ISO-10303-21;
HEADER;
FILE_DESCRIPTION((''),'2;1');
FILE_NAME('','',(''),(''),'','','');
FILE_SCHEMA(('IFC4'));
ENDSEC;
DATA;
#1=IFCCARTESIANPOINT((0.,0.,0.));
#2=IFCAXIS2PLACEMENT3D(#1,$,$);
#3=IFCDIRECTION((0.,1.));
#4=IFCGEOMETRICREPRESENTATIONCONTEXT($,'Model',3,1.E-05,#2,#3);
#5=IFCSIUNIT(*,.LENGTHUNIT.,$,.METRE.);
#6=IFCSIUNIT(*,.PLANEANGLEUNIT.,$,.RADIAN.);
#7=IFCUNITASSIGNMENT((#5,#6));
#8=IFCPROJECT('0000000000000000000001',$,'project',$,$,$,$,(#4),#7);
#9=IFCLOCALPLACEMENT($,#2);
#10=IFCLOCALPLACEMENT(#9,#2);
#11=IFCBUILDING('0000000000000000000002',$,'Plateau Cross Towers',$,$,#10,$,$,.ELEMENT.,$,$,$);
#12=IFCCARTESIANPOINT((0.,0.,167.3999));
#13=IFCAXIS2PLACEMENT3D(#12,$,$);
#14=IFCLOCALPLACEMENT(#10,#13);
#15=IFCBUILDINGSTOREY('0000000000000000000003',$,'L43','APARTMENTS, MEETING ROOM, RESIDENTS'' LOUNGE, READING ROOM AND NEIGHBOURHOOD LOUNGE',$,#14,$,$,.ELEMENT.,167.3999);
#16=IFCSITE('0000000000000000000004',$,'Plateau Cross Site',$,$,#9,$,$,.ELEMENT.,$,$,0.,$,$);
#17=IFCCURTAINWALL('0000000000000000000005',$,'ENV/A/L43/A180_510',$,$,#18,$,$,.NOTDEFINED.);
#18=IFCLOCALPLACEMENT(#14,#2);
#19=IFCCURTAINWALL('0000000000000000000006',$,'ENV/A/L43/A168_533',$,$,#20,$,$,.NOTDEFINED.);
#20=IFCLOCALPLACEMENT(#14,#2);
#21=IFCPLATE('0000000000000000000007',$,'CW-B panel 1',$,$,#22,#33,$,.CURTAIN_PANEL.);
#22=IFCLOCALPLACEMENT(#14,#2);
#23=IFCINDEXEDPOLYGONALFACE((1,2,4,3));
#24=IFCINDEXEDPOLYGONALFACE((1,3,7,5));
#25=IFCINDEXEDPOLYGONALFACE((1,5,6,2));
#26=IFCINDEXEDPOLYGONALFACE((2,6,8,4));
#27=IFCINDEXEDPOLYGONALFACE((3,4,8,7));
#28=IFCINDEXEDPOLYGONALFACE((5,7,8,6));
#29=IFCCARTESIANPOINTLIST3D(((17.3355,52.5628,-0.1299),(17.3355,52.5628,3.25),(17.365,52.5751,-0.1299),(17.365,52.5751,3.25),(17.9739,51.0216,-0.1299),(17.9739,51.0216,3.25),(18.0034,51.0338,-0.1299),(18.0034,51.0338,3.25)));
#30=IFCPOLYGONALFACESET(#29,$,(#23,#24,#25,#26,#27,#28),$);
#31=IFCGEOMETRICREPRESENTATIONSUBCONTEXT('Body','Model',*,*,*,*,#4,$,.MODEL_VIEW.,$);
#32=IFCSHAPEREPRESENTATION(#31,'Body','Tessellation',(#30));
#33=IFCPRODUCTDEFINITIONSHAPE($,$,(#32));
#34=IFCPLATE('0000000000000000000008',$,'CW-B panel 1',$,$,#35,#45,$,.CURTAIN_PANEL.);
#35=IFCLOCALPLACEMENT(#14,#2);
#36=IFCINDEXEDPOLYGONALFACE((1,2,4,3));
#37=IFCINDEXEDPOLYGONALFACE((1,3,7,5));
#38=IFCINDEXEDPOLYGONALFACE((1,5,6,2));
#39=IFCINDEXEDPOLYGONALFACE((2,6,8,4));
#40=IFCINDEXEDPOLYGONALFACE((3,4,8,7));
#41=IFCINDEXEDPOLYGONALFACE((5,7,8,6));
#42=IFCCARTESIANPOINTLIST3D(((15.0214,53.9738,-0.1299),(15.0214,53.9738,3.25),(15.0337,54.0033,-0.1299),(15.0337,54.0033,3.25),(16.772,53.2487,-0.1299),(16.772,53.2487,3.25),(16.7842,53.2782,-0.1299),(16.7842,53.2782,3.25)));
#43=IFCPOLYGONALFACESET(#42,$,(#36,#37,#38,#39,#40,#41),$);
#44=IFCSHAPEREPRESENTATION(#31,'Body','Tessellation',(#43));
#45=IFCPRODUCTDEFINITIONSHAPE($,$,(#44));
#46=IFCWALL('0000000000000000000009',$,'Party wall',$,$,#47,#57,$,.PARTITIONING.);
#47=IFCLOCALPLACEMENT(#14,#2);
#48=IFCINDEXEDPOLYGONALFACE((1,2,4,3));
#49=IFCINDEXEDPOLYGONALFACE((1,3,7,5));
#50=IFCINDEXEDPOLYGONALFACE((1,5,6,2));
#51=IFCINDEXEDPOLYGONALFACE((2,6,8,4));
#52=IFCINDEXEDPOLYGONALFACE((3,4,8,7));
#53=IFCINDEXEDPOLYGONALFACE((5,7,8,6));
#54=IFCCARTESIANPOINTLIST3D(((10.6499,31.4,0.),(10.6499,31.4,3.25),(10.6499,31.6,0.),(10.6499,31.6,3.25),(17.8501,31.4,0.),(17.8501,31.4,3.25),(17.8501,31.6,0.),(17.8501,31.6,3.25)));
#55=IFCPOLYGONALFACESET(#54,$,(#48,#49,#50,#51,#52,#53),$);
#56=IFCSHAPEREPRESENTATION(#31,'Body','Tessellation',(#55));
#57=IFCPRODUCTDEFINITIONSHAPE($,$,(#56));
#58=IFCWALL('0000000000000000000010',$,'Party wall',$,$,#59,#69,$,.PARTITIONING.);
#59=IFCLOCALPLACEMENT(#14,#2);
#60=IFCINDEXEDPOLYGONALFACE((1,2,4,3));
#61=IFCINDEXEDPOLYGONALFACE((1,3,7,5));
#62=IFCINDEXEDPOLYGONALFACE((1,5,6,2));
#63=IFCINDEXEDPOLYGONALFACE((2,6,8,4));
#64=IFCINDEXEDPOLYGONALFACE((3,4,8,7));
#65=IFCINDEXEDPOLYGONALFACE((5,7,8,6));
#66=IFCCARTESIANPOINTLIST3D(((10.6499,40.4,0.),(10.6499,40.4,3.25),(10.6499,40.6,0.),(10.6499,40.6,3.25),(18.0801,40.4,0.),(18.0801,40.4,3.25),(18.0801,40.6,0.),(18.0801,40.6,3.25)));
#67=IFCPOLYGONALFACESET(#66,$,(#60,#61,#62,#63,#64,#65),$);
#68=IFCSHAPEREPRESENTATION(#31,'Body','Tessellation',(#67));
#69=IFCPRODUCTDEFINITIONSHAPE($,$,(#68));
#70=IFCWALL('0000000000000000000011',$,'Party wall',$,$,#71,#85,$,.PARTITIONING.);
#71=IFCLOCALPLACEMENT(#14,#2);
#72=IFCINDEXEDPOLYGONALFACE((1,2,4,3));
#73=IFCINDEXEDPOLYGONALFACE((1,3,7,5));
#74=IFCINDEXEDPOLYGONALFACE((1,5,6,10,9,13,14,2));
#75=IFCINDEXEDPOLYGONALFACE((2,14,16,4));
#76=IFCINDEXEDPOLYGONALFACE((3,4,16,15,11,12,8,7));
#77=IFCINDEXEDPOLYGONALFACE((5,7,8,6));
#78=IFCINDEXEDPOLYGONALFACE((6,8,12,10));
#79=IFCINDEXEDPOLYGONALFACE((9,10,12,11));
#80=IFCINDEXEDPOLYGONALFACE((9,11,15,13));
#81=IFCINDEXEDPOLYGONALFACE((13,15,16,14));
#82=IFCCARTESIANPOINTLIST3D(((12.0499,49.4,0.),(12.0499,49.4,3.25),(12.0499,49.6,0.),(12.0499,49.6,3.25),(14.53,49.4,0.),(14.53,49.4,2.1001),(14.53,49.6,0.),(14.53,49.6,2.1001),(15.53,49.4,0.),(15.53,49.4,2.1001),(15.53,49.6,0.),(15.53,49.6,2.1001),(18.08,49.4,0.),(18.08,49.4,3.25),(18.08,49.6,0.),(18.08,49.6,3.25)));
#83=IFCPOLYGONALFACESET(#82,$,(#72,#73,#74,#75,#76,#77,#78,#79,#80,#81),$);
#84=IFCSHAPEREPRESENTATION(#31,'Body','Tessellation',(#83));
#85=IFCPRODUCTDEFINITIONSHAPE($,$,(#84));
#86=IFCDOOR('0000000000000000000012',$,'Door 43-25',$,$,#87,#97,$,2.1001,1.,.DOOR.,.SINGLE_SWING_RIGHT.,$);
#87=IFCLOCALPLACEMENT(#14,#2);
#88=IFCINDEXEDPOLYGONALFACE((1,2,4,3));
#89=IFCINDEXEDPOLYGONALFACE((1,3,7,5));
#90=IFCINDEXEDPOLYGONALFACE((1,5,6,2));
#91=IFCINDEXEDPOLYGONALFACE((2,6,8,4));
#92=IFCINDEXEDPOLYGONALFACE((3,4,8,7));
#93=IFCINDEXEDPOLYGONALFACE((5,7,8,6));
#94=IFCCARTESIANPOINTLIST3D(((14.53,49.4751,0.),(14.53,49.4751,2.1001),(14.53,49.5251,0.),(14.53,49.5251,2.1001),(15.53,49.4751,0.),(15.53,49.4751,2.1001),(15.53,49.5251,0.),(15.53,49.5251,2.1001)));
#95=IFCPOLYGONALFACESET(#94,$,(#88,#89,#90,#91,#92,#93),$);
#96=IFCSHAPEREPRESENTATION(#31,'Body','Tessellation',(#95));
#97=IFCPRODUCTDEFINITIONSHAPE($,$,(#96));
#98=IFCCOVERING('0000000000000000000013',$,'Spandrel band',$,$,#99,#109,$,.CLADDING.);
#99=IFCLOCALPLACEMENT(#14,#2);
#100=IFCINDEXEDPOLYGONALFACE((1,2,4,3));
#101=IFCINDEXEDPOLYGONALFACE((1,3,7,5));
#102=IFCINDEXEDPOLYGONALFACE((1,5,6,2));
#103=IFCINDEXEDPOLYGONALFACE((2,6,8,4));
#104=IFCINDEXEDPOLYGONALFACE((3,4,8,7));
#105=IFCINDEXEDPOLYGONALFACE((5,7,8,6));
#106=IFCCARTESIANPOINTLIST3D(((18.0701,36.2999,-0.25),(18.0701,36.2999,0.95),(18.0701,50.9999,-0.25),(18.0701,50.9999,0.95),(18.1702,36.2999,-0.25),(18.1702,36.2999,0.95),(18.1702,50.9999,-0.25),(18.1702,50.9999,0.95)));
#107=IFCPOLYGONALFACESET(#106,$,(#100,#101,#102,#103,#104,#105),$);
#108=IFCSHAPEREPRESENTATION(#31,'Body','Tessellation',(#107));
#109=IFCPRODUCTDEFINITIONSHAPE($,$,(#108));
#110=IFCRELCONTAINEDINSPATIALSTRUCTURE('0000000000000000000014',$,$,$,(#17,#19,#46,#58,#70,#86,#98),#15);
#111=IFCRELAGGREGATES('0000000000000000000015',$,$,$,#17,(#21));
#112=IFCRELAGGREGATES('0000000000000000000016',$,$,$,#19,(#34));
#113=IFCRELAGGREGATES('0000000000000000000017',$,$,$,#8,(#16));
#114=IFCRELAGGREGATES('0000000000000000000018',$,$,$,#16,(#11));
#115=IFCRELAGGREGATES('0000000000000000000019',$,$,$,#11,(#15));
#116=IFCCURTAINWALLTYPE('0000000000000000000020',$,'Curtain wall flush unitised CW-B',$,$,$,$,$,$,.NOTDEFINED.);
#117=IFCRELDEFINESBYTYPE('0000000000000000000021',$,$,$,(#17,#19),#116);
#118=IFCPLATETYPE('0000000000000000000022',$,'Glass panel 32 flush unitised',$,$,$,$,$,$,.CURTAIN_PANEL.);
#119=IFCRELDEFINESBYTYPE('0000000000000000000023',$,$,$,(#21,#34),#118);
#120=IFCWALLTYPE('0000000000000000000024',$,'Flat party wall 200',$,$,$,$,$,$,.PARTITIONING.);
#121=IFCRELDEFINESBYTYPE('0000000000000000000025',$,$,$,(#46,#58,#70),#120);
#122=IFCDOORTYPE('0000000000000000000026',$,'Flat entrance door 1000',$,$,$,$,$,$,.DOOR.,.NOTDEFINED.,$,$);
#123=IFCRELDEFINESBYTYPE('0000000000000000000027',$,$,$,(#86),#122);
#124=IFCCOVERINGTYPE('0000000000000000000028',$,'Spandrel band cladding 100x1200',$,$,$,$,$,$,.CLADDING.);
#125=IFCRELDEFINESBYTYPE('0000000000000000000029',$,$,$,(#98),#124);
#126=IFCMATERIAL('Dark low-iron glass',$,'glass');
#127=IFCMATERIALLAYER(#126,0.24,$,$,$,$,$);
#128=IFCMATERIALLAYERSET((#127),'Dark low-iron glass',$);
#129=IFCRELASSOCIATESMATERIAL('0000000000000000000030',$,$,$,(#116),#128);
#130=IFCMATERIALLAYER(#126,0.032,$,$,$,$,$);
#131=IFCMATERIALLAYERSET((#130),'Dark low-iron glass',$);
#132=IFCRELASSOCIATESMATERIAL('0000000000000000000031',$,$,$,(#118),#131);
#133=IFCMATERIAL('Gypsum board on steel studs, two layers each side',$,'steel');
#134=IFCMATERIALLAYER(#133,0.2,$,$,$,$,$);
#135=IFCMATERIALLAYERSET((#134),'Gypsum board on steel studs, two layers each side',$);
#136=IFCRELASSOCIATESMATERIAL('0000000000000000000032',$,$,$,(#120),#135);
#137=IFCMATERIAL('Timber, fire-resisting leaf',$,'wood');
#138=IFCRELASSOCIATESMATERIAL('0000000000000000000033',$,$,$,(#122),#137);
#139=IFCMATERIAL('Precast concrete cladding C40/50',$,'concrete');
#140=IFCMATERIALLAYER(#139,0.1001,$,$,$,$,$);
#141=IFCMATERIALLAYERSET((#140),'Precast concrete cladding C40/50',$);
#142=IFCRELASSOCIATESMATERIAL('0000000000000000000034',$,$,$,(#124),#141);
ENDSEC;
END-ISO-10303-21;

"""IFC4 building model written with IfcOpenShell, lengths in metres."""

from ifc_helpers import new_model, si_unit, direction, frame, frame_2d, origin, origin_2d, place, context, subcontext, project, spatial, rectangle, extrude, material, layer, layer_set, type_object, element, fill, aggregate, save


model = new_model("IFC4")

# Units and contexts
model_context = context("Model", 3, precision=1e-05, world=origin(), true_north=direction((0.0, 1.0)))
body_context = subcontext(model_context, "Body", "Model", "MODEL_VIEW")
ifc_project = project(units=[si_unit("LENGTHUNIT", "METRE"), si_unit("PLANEANGLEUNIT", "RADIAN")], contexts=[model_context])

# Site, building, storey
site_placement = place(None, origin())
site = spatial("IfcSite", under=ifc_project, at=site_placement, Name="Plateau Cross Site", CompositionType="ELEMENT", RefElevation=0.0)
building_placement = place(site_placement, origin())
building = spatial("IfcBuilding", under=site, at=building_placement, Name="Plateau Cross Towers", CompositionType="ELEMENT")
storey_placement = place(building_placement, frame((0.0, 0.0, 167.3999)))
storey = spatial("IfcBuildingStorey", under=building, at=storey_placement, Name="L43", Description="APARTMENTS, MEETING ROOM, RESIDENTS' LOUNGE, READING ROOM AND NEIGHBOURHOOD LOUNGE", CompositionType="ELEMENT", Elevation=167.3999)

# Curtain wall
ifc_material_1 = material(Name="Dark low-iron glass", Category="glass")
ifc_layer_1 = layer(ifc_material_1, 0.24)
ifc_layer_set_1 = layer_set([ifc_layer_1], Name="Dark low-iron glass")
curtain_wall_type = type_object("IfcCurtainWallType", Name="Curtain wall flush unitised CW-B", PredefinedType="NOTDEFINED", material=ifc_layer_set_1)
curtain_wall_1_placement = place(storey_placement, origin())
curtain_wall_1 = element("IfcCurtainWall", 1, at=curtain_wall_1_placement, inside=storey, type_object=curtain_wall_type, Name="ENV/A/L43/A180_510", PredefinedType="NOTDEFINED")

# Curtain wall
curtain_wall_2_placement = place(storey_placement, origin())
curtain_wall_2 = element("IfcCurtainWall", 2, at=curtain_wall_2_placement, inside=storey, type_object=curtain_wall_type, Name="ENV/A/L43/A168_533", PredefinedType="NOTDEFINED")

# Plates
ifc_layer_2 = layer(ifc_material_1, 0.032)
ifc_layer_set_2 = layer_set([ifc_layer_2], Name="Dark low-iron glass")
plate_type = type_object("IfcPlateType", Name="Glass panel 32 flush unitised", PredefinedType="CURTAIN_PANEL", material=ifc_layer_set_2)
plate_1_placement = place(storey_placement, frame((17.6694, 51.7983, -0.1299), z_axis=(0.0, 0.0, 1.0), x_axis=(-0.382684, 0.923879, 0.0)))
plate_1 = element("IfcPlate", 3, at=plate_1_placement, type_object=plate_type, Name="CW-B panel 1", PredefinedType="CURTAIN_PANEL", context=body_context, shape_type="SweptSolid", body=[
    extrude(rectangle(XDim=1.6682, YDim=0.032, at=origin_2d()), origin(), (0.0, 0.0, 1.0), 3.3799),
])
aggregate(curtain_wall_1, [plate_1])
plate_2_placement = place(storey_placement, frame((15.9028, 53.626, -0.1299), z_axis=(0.0, 0.0, 1.0), x_axis=(-0.923879, 0.382684, 0.0)))
plate_2 = element("IfcPlate", 4, at=plate_2_placement, type_object=plate_type, Name="CW-B panel 1", PredefinedType="CURTAIN_PANEL", context=body_context, shape_type="SweptSolid", body=[
    extrude(rectangle(XDim=1.8948, YDim=0.032, at=origin_2d()), origin(), (0.0, 0.0, 1.0), 3.3799),
])
aggregate(curtain_wall_2, [plate_2])

# Walls
ifc_material_2 = material(Name="Gypsum board on steel studs, two layers each side", Category="steel")
ifc_layer_3 = layer(ifc_material_2, 0.2)
ifc_layer_set_3 = layer_set([ifc_layer_3], Name="Gypsum board on steel studs, two layers each side")
wall_type_1 = type_object("IfcWallType", Name="Flat party wall 200", PredefinedType="PARTITIONING", material=ifc_layer_set_3)
wall_1_placement = place(storey_placement, frame((17.8501, 31.5, 0.0), z_axis=(0.0, 0.0, 1.0), x_axis=(-1.0, 0.0, 0.0)))
element("IfcWall", 5, at=wall_1_placement, inside=storey, type_object=wall_type_1, Name="Party wall", PredefinedType="PARTITIONING", context=body_context, shape_type="SweptSolid", body=[
    extrude(rectangle(XDim=7.2002, YDim=0.2, at=frame_2d((3.6001, 0.0))), origin(), (0.0, 0.0, 1.0), 3.25),
])
wall_2_placement = place(storey_placement, frame((18.0801, 40.5, 0.0), z_axis=(0.0, 0.0, 1.0), x_axis=(-1.0, 0.0, 0.0)))
element("IfcWall", 6, at=wall_2_placement, inside=storey, type_object=wall_type_1, Name="Party wall", PredefinedType="PARTITIONING", context=body_context, shape_type="SweptSolid", body=[
    extrude(rectangle(XDim=7.4302, YDim=0.2, at=frame_2d((3.7151, 0.0))), origin(), (0.0, 0.0, 1.0), 3.25),
])

# Wall, opening, door
wall_3_placement = place(storey_placement, frame((18.0801, 49.5, 0.0), z_axis=(0.0, 0.0, 1.0), x_axis=(-1.0, 0.0, 0.0)))
wall_3 = element("IfcWall", 7, at=wall_3_placement, inside=storey, type_object=wall_type_1, Name="Party wall", PredefinedType="PARTITIONING", context=body_context, shape_type="SweptSolid", body=[
    extrude(rectangle(XDim=6.03, YDim=0.2, at=frame_2d((3.0151, 0.0))), origin(), (0.0, 0.0, 1.0), 3.25),
])
opening_1_placement = place(wall_3_placement, frame((2.55, 0.0, 0.0)))
opening_1 = element("IfcOpeningElement", 8, at=opening_1_placement, cuts=wall_3, PredefinedType="OPENING", context=body_context, shape_type="SweptSolid", body=[
    extrude(rectangle(XDim=1.0, YDim=2.1001, at=frame_2d((0.5, 1.05))), frame((0.0, 0.1099, 0.0), z_axis=(0.0, -1.0, 0.0), x_axis=(1.0, 0.0, 0.0)), (0.0, 0.0, 1.0), 0.22),
])
ifc_material_3 = material(Name="Timber, fire-resisting leaf", Category="wood")
door_type_1 = type_object("IfcDoorType", Name="Flat entrance door 1000", OperationType="NOTDEFINED", PredefinedType="DOOR", material=ifc_material_3)
door_1_placement = place(opening_1_placement, origin())
door_1 = element("IfcDoor", 9, at=door_1_placement, inside=storey, type_object=door_type_1, Name="Door 43-25", OperationType="SINGLE_SWING_RIGHT", OverallHeight=2.1001, OverallWidth=1.0, PredefinedType="DOOR", context=body_context, shape_type="SweptSolid", body=[
    extrude(rectangle(XDim=1.0, YDim=2.1001, at=frame_2d((0.5, 1.05))), frame((0.0, 0.0249, 0.0), z_axis=(0.0, -1.0, 0.0), x_axis=(1.0, 0.0, 0.0)), (0.0, 0.0, 1.0), 0.05),
])
fill(opening_1, door_1)

# Covering
ifc_material_4 = material(Name="Precast concrete cladding C40/50", Category="concrete")
ifc_layer_4 = layer(ifc_material_4, 0.1001)
ifc_layer_set_4 = layer_set([ifc_layer_4], Name="Precast concrete cladding C40/50")
covering_type = type_object("IfcCoveringType", Name="Spandrel band cladding 100x1200", PredefinedType="CLADDING", material=ifc_layer_set_4)
covering_placement = place(storey_placement, frame((18.1201, 43.6499, -0.25), z_axis=(0.0, 0.0, 1.0), x_axis=(0.0, 1.0, 0.0)))
element("IfcCovering", 10, at=covering_placement, inside=storey, type_object=covering_type, Name="Spandrel band", PredefinedType="CLADDING", context=body_context, shape_type="SweptSolid", body=[
    extrude(rectangle(XDim=14.7, YDim=0.1001, at=origin_2d()), origin(), (0.0, 0.0, 1.0), 1.2),
])

save(model, "model.ifc")
